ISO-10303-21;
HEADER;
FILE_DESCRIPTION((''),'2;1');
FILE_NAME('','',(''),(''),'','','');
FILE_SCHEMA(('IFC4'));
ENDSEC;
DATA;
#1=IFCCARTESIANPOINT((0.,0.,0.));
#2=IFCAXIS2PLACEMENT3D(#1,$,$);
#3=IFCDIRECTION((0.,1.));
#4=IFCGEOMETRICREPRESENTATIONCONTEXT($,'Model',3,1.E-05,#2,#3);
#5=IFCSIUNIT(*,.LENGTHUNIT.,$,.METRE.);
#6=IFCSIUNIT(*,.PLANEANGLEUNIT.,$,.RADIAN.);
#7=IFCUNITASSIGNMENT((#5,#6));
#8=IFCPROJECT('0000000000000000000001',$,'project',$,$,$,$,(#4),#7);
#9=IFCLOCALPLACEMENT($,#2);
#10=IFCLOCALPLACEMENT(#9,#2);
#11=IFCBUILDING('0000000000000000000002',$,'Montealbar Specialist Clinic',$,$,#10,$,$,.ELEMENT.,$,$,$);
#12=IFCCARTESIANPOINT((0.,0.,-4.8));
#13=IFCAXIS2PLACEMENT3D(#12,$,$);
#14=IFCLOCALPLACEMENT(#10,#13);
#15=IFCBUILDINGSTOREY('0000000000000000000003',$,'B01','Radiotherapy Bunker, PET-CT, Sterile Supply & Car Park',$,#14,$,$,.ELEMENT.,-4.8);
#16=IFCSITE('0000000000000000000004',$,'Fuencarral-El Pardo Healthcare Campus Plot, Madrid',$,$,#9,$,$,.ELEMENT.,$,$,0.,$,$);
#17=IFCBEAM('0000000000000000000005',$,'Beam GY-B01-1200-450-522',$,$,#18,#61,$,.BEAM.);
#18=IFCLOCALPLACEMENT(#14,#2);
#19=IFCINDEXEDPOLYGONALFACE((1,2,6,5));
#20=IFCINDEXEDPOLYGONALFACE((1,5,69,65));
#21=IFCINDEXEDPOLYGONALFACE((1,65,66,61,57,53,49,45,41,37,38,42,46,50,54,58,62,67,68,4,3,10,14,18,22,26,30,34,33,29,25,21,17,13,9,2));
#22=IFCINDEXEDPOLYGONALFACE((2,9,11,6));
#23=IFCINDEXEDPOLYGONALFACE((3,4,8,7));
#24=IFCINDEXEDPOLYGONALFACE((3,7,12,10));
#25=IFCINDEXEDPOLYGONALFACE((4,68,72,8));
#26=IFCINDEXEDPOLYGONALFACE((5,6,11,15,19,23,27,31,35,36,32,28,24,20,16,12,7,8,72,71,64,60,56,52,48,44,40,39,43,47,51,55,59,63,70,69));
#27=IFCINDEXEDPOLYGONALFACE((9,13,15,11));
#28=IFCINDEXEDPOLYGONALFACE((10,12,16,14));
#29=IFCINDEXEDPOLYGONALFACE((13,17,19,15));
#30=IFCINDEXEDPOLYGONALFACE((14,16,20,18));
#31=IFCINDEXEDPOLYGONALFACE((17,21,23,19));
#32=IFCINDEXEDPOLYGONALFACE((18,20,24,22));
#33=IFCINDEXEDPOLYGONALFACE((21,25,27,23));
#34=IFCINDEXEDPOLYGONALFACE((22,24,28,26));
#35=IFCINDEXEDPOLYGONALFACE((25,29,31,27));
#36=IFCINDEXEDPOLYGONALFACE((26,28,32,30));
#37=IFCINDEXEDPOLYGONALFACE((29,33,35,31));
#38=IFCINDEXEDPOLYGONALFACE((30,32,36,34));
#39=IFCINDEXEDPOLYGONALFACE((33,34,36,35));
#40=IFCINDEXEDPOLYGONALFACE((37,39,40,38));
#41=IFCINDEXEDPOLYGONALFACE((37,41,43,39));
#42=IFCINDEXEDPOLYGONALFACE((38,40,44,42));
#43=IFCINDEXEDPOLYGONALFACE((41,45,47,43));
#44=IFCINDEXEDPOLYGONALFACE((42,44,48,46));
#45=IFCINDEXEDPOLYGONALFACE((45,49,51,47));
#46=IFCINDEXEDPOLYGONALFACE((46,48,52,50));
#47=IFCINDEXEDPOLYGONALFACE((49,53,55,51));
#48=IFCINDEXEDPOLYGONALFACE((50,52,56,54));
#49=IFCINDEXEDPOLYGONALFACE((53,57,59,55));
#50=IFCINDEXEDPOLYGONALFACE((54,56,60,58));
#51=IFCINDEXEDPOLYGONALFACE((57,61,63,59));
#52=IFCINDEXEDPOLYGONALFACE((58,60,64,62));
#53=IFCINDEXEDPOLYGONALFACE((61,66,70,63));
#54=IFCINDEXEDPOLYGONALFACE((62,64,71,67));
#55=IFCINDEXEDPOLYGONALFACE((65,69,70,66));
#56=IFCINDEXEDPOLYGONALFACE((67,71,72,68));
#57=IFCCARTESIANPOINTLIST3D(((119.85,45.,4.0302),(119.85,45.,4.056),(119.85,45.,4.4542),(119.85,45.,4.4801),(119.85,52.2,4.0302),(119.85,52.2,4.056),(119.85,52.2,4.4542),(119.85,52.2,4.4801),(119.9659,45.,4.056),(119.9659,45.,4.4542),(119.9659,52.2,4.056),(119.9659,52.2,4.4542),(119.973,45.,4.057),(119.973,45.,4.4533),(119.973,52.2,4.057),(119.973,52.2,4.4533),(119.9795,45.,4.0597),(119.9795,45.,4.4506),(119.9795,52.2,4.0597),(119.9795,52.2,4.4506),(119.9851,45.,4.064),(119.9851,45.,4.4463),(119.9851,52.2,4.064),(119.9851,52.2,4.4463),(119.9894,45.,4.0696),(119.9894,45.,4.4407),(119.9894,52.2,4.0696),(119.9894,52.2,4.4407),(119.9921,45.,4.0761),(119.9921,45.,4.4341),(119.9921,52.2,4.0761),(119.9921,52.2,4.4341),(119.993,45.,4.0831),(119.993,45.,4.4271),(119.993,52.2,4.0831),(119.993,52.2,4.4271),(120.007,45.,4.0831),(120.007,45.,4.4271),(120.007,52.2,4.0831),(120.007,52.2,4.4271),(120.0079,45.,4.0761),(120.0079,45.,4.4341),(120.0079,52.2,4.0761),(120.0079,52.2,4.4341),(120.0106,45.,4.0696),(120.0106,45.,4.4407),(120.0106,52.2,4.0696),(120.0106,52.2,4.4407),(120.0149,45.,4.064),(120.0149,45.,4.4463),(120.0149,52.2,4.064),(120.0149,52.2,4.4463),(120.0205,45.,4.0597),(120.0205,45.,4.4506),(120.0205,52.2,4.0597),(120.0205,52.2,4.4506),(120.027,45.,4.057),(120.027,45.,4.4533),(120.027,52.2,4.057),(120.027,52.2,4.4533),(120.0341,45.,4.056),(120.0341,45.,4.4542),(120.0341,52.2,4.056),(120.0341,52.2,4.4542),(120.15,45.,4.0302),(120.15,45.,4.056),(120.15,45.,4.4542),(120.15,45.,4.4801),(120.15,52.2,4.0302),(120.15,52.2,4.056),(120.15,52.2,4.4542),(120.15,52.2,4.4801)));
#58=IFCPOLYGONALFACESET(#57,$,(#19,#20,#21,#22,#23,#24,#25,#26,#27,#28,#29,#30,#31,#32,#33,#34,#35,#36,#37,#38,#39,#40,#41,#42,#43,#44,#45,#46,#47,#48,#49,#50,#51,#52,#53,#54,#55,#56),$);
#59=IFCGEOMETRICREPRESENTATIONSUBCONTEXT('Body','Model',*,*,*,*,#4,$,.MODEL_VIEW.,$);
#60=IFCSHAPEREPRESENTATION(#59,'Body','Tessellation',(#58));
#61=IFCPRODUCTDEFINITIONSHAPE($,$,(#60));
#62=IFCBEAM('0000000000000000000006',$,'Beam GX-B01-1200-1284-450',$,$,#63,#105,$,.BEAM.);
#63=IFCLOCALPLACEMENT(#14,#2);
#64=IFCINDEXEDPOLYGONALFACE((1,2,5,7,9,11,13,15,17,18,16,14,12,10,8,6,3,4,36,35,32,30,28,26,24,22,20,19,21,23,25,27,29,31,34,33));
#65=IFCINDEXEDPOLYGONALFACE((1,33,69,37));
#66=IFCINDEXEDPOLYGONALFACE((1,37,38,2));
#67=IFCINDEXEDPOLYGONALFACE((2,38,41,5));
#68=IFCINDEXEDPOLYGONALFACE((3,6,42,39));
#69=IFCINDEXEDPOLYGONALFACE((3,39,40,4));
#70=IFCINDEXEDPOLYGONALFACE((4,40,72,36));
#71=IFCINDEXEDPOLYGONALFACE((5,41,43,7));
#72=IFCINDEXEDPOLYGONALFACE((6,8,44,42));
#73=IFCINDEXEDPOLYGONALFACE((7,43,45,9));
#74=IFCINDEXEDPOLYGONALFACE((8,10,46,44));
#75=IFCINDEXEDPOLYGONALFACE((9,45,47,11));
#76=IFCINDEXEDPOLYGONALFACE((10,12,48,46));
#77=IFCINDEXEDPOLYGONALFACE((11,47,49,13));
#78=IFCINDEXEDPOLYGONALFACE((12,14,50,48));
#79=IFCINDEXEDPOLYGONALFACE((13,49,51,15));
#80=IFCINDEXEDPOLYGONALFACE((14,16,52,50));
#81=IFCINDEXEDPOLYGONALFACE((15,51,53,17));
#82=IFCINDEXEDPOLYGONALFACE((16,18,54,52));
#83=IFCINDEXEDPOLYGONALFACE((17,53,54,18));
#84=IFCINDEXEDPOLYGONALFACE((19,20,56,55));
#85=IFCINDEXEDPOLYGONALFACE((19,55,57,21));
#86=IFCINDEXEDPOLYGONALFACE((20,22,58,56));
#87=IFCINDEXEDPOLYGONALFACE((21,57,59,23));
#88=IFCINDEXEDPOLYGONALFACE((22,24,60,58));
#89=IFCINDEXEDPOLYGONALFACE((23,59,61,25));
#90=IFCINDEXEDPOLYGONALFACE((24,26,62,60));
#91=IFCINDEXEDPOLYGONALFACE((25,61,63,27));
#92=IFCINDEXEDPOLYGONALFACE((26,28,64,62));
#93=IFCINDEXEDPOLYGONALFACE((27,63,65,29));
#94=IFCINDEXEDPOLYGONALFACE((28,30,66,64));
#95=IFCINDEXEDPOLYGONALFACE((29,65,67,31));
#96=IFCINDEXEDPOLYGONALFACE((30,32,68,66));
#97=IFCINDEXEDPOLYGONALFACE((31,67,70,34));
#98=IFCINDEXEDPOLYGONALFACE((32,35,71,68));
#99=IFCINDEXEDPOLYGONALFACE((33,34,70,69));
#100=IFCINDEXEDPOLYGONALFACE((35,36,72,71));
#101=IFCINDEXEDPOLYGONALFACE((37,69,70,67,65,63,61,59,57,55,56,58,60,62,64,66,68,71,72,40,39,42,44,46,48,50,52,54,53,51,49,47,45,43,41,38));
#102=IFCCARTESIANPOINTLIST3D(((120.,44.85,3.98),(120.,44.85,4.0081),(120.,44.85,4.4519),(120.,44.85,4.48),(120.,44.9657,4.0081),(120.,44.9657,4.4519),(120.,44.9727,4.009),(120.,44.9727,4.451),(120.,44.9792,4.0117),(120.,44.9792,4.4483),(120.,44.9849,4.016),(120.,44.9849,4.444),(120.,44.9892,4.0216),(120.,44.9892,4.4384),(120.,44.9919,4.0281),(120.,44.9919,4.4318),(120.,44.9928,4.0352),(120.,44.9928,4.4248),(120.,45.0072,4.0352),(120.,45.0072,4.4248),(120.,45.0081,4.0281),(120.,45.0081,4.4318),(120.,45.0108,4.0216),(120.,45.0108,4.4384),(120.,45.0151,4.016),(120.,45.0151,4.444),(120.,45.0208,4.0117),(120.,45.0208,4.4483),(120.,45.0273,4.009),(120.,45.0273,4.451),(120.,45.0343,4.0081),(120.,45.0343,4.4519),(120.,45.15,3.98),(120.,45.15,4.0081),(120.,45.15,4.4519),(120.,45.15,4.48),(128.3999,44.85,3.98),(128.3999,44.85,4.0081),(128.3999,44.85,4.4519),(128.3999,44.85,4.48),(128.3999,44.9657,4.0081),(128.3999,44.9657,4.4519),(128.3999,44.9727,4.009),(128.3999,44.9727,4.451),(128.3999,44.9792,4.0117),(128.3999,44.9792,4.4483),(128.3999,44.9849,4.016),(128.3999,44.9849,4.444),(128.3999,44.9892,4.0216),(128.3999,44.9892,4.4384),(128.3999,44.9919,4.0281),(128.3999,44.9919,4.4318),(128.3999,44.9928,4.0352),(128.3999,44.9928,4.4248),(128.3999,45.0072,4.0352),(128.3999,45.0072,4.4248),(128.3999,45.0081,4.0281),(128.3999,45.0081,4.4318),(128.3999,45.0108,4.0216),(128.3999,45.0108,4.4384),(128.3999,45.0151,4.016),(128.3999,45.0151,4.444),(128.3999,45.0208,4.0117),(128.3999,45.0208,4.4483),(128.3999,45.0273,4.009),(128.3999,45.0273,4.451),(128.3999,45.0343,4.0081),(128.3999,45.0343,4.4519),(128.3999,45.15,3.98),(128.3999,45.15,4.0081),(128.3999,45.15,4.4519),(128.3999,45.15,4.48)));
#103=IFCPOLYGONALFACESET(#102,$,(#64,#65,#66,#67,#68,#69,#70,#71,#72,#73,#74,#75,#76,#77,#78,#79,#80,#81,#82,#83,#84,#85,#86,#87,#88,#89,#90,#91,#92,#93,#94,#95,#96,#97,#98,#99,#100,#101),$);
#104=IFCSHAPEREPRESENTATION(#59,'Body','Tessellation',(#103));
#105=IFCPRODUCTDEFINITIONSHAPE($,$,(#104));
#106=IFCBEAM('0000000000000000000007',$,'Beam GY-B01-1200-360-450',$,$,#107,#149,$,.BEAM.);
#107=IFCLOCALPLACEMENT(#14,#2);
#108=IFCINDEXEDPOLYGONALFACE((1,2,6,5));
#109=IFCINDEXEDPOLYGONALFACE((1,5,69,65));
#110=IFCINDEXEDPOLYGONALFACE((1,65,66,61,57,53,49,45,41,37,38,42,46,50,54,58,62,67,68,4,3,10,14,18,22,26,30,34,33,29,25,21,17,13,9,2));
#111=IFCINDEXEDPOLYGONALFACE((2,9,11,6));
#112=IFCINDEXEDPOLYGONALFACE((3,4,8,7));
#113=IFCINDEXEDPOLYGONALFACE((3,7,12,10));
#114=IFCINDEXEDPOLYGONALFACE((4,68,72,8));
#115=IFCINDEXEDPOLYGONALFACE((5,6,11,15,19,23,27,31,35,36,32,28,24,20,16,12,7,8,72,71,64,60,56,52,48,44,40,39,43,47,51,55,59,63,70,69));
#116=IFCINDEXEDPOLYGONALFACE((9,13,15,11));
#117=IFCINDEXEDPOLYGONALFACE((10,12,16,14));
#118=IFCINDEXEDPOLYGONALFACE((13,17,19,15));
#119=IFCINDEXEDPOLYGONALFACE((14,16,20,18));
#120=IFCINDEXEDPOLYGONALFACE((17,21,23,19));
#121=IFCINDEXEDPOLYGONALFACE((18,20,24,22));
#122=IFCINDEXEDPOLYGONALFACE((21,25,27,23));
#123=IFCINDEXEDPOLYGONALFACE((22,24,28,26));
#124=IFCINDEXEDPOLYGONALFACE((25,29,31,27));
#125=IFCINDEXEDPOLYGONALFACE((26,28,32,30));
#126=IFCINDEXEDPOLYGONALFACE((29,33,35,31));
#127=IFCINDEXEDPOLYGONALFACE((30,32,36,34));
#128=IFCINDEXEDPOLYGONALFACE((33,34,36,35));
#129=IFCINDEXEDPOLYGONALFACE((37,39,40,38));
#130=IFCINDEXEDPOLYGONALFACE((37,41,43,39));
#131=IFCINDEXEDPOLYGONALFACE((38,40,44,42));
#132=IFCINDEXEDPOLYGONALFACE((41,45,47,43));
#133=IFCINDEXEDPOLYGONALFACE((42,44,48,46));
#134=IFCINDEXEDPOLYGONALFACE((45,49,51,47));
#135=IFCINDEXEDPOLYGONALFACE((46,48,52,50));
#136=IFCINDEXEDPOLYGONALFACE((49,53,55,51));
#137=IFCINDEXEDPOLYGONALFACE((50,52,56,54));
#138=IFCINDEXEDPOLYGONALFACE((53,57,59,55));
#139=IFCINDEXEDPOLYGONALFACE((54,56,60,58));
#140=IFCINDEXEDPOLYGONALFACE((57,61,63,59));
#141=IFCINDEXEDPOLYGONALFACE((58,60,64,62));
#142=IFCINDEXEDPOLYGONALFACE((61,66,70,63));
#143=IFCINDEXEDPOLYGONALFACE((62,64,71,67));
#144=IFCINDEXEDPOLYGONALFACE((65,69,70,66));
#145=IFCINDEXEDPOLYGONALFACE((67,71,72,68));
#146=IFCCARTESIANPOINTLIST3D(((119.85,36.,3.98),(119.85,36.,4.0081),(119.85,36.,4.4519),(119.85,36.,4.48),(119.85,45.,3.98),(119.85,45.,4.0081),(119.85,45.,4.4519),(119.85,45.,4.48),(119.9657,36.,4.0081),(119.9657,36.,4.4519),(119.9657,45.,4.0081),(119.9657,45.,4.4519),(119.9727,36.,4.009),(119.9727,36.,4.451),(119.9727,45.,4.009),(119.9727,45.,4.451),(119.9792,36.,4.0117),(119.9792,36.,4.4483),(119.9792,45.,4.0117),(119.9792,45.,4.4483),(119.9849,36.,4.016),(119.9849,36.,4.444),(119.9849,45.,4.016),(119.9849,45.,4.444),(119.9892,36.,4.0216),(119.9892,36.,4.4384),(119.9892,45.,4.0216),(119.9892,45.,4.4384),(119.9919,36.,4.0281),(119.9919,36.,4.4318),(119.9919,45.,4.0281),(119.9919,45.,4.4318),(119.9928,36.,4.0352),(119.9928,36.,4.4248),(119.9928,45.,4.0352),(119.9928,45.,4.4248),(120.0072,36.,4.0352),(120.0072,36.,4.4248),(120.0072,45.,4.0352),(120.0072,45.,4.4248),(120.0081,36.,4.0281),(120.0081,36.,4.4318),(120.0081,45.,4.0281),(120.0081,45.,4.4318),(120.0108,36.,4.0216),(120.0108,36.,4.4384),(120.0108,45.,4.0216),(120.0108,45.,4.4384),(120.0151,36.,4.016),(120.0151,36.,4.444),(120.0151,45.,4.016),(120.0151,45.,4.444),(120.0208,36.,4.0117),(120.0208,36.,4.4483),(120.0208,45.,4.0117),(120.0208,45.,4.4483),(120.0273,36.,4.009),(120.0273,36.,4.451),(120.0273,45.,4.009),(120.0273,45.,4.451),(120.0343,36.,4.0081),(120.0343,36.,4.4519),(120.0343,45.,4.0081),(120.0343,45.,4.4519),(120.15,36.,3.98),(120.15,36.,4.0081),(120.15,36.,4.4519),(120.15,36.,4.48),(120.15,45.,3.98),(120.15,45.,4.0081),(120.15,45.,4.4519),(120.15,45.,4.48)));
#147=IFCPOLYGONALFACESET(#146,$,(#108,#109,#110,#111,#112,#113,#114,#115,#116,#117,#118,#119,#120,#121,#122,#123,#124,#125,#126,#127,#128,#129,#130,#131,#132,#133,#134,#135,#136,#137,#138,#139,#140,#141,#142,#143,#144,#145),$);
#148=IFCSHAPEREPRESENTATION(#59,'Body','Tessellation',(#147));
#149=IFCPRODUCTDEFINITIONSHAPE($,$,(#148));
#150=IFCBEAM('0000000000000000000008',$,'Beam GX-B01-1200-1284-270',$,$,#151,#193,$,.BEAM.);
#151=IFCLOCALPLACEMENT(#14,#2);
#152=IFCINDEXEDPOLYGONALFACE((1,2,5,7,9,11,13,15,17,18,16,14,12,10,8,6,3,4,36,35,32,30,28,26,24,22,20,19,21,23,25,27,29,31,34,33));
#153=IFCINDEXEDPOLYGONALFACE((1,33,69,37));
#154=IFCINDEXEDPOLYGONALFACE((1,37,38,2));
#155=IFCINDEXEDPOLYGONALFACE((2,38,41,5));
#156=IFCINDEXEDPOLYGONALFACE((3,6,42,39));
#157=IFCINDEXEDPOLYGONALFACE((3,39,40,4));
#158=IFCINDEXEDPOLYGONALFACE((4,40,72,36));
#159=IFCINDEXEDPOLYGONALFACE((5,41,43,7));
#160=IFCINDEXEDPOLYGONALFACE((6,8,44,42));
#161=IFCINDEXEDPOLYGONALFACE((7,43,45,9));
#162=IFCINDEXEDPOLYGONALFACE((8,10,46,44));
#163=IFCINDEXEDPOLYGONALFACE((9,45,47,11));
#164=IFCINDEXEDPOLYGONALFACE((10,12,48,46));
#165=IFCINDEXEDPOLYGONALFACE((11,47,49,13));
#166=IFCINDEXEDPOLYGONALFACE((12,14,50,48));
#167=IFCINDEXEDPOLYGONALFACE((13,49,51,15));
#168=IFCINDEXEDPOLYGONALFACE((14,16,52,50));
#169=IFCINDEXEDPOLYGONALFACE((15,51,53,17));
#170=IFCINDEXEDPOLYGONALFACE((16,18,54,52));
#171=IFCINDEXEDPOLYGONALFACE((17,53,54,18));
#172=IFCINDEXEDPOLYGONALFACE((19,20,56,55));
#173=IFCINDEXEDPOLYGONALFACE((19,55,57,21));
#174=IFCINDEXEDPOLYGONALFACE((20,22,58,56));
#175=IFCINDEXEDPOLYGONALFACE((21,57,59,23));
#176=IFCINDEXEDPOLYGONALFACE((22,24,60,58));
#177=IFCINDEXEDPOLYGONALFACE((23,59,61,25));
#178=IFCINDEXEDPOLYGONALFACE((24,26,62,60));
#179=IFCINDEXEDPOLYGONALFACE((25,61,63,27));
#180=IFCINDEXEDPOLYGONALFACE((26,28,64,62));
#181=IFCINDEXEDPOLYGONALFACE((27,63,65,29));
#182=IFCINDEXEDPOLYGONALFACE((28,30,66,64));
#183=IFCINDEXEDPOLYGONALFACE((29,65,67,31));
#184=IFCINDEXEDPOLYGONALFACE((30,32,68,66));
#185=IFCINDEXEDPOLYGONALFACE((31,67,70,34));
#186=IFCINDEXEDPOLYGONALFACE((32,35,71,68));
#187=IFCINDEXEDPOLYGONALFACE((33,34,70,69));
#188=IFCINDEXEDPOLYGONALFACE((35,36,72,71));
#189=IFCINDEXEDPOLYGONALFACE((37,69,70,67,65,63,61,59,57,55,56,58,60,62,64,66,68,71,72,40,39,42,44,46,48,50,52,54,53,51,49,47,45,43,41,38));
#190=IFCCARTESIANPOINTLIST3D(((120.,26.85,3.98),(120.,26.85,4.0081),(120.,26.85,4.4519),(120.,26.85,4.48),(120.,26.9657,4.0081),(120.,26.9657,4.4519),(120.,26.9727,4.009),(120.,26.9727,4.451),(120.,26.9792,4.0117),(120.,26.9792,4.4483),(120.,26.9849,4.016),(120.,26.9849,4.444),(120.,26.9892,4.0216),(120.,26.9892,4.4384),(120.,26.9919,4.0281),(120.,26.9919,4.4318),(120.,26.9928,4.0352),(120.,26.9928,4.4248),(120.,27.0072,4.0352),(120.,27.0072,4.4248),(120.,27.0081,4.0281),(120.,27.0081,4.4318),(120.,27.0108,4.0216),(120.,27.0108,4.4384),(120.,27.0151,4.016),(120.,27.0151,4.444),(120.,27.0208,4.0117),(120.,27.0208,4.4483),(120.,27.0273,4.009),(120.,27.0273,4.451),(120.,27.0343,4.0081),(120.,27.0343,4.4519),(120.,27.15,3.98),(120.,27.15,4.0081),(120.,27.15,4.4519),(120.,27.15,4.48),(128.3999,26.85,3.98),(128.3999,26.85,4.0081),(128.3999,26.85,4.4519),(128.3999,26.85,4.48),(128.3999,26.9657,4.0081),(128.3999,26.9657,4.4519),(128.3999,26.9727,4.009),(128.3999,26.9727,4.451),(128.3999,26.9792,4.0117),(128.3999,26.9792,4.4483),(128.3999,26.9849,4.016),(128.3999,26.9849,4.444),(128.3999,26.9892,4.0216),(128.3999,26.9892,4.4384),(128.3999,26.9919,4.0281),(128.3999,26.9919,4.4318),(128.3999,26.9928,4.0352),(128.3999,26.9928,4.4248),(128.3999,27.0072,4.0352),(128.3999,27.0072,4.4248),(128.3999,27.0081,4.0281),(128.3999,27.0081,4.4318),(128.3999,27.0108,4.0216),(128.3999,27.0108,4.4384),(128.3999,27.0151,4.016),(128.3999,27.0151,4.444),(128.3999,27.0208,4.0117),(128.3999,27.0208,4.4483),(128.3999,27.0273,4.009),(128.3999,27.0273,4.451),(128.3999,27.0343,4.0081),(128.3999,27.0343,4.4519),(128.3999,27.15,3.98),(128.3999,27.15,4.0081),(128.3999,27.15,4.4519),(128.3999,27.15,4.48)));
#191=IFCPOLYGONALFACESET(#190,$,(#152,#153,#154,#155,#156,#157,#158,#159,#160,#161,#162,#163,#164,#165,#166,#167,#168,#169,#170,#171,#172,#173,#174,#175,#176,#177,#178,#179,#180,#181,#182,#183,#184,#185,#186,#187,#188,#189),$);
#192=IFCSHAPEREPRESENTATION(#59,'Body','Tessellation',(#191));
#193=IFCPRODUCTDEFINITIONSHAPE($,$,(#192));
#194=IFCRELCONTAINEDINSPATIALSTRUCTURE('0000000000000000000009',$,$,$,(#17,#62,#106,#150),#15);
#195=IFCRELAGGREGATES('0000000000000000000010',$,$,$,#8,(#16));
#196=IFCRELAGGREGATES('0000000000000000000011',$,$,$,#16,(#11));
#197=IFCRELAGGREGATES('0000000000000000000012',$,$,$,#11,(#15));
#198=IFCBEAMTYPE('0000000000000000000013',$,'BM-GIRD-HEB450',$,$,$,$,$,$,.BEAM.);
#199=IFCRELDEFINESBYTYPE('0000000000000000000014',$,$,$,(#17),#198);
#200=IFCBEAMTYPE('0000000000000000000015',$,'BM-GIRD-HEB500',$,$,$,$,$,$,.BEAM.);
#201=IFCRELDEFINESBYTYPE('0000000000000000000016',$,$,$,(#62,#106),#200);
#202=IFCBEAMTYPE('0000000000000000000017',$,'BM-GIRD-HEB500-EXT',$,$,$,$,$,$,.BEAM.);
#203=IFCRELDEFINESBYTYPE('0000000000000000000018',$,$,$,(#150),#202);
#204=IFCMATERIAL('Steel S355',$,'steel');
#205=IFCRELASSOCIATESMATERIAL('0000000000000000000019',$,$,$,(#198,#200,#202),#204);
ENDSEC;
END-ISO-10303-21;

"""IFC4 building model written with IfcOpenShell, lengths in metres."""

from ifc_helpers import new_model, si_unit, direction, frame, origin, origin_2d, place, context, subcontext, project, spatial, i_section, extrude, material, material_profile, profile_set, type_object, element, save


model = new_model("IFC4")

# Units and contexts
model_context = context("Model", 3, precision=1e-05, world=origin(), true_north=direction((0.0, 1.0)))
body_context = subcontext(model_context, "Body", "Model", "MODEL_VIEW")
ifc_project = project(units=[si_unit("LENGTHUNIT", "METRE"), si_unit("PLANEANGLEUNIT", "RADIAN")], contexts=[model_context])

# Site, building, storey
site_placement = place(None, origin())
site = spatial("IfcSite", under=ifc_project, at=site_placement, Name="Fuencarral-El Pardo Healthcare Campus Plot, Madrid", CompositionType="ELEMENT", RefElevation=0.0)
building_placement = place(site_placement, origin())
building = spatial("IfcBuilding", under=site, at=building_placement, Name="Montealbar Specialist Clinic", CompositionType="ELEMENT")
storey_placement = place(building_placement, frame((0.0, 0.0, -4.8)))
storey = spatial("IfcBuildingStorey", under=building, at=storey_placement, Name="B01", Description="Radiotherapy Bunker, PET-CT, Sterile Supply & Car Park", CompositionType="ELEMENT", Elevation=-4.8)

# Shared definitions
ifc_material_1 = material(Name="Steel S355", Category="steel")

# Beams
ifc_material_profile_1 = material_profile(ifc_material_1, i_section(OverallWidth=0.3, OverallDepth=0.45, WebThickness=0.0139, FlangeThickness=0.0259, FilletRadius=0.0271, at=origin_2d()), Name="HEB 450", Category="steel")
ifc_profile_set_1 = profile_set([ifc_material_profile_1], Name="Steel S355")
beam_type_1 = type_object("IfcBeamType", Name="BM-GIRD-HEB450", PredefinedType="BEAM", material=ifc_profile_set_1)
beam_1_placement = place(storey_placement, frame((120.0, 45.0, 4.2551), z_axis=(0.0, 1.0, 0.0), x_axis=(-1.0, 0.0, 0.0)))
element("IfcBeam", 1, at=beam_1_placement, inside=storey, type_object=beam_type_1, Name="Beam GY-B01-1200-450-522", PredefinedType="BEAM", context=body_context, shape_type="SweptSolid", body=[
    extrude(i_section(OverallWidth=0.3, OverallDepth=0.45, WebThickness=0.0139, FlangeThickness=0.0259, FilletRadius=0.0271, at=origin_2d()), origin(), (0.0, 0.0, 1.0), 7.2),
])
ifc_material_profile_2 = material_profile(ifc_material_1, i_section(OverallWidth=0.3, OverallDepth=0.5, WebThickness=0.0144, FlangeThickness=0.0281, FilletRadius=0.0271, at=origin_2d()), Name="HEB 500", Category="steel")
ifc_profile_set_2 = profile_set([ifc_material_profile_2], Name="Steel S355")
beam_type_2 = type_object("IfcBeamType", Name="BM-GIRD-HEB500", PredefinedType="BEAM", material=ifc_profile_set_2)
beam_2_placement = place(storey_placement, frame((120.0, 45.0, 4.23), z_axis=(1.0, 0.0, 0.0), x_axis=(0.0, 1.0, 0.0)))
element("IfcBeam", 2, at=beam_2_placement, inside=storey, type_object=beam_type_2, Name="Beam GX-B01-1200-1284-450", PredefinedType="BEAM", context=body_context, shape_type="SweptSolid", body=[
    extrude(i_section(OverallWidth=0.3, OverallDepth=0.5, WebThickness=0.0144, FlangeThickness=0.0281, FilletRadius=0.0271, at=origin_2d()), origin(), (0.0, 0.0, 1.0), 8.3999),
])
beam_3_placement = place(storey_placement, frame((120.0, 36.0, 4.23), z_axis=(0.0, 1.0, 0.0), x_axis=(-1.0, 0.0, 0.0)))
element("IfcBeam", 3, at=beam_3_placement, inside=storey, type_object=beam_type_2, Name="Beam GY-B01-1200-360-450", PredefinedType="BEAM", context=body_context, shape_type="SweptSolid", body=[
    extrude(i_section(OverallWidth=0.3, OverallDepth=0.5, WebThickness=0.0144, FlangeThickness=0.0281, FilletRadius=0.0271, at=origin_2d()), origin(), (0.0, 0.0, 1.0), 9.0),
])
ifc_material_profile_3 = material_profile(ifc_material_1, i_section(OverallWidth=0.3, OverallDepth=0.5, WebThickness=0.0144, FlangeThickness=0.0281, FilletRadius=0.0271, at=origin_2d()), Name="HEB 500", Category="steel")
ifc_profile_set_3 = profile_set([ifc_material_profile_3], Name="Steel S355")
beam_type_3 = type_object("IfcBeamType", Name="BM-GIRD-HEB500-EXT", PredefinedType="BEAM", material=ifc_profile_set_3)
for number, where, z_axis, x_axis, name in (
    (4, (120.0, 27.0, 4.23), (1.0, 0.0, 0.0), (0.0, 1.0, 0.0), "Beam GX-B01-1200-1284-270"),
):
    element("IfcBeam", number, at=place(storey_placement, frame(where, z_axis=z_axis, x_axis=x_axis)), inside=storey, type_object=beam_type_3, Name=name, PredefinedType="BEAM", context=body_context, shape_type="SweptSolid", body=[
        extrude(i_section(OverallWidth=0.3, OverallDepth=0.5, WebThickness=0.0144, FlangeThickness=0.0281, FilletRadius=0.0271, at=origin_2d()), origin(), (0.0, 0.0, 1.0), 8.3999),
    ])

save(model, "model.ifc")
